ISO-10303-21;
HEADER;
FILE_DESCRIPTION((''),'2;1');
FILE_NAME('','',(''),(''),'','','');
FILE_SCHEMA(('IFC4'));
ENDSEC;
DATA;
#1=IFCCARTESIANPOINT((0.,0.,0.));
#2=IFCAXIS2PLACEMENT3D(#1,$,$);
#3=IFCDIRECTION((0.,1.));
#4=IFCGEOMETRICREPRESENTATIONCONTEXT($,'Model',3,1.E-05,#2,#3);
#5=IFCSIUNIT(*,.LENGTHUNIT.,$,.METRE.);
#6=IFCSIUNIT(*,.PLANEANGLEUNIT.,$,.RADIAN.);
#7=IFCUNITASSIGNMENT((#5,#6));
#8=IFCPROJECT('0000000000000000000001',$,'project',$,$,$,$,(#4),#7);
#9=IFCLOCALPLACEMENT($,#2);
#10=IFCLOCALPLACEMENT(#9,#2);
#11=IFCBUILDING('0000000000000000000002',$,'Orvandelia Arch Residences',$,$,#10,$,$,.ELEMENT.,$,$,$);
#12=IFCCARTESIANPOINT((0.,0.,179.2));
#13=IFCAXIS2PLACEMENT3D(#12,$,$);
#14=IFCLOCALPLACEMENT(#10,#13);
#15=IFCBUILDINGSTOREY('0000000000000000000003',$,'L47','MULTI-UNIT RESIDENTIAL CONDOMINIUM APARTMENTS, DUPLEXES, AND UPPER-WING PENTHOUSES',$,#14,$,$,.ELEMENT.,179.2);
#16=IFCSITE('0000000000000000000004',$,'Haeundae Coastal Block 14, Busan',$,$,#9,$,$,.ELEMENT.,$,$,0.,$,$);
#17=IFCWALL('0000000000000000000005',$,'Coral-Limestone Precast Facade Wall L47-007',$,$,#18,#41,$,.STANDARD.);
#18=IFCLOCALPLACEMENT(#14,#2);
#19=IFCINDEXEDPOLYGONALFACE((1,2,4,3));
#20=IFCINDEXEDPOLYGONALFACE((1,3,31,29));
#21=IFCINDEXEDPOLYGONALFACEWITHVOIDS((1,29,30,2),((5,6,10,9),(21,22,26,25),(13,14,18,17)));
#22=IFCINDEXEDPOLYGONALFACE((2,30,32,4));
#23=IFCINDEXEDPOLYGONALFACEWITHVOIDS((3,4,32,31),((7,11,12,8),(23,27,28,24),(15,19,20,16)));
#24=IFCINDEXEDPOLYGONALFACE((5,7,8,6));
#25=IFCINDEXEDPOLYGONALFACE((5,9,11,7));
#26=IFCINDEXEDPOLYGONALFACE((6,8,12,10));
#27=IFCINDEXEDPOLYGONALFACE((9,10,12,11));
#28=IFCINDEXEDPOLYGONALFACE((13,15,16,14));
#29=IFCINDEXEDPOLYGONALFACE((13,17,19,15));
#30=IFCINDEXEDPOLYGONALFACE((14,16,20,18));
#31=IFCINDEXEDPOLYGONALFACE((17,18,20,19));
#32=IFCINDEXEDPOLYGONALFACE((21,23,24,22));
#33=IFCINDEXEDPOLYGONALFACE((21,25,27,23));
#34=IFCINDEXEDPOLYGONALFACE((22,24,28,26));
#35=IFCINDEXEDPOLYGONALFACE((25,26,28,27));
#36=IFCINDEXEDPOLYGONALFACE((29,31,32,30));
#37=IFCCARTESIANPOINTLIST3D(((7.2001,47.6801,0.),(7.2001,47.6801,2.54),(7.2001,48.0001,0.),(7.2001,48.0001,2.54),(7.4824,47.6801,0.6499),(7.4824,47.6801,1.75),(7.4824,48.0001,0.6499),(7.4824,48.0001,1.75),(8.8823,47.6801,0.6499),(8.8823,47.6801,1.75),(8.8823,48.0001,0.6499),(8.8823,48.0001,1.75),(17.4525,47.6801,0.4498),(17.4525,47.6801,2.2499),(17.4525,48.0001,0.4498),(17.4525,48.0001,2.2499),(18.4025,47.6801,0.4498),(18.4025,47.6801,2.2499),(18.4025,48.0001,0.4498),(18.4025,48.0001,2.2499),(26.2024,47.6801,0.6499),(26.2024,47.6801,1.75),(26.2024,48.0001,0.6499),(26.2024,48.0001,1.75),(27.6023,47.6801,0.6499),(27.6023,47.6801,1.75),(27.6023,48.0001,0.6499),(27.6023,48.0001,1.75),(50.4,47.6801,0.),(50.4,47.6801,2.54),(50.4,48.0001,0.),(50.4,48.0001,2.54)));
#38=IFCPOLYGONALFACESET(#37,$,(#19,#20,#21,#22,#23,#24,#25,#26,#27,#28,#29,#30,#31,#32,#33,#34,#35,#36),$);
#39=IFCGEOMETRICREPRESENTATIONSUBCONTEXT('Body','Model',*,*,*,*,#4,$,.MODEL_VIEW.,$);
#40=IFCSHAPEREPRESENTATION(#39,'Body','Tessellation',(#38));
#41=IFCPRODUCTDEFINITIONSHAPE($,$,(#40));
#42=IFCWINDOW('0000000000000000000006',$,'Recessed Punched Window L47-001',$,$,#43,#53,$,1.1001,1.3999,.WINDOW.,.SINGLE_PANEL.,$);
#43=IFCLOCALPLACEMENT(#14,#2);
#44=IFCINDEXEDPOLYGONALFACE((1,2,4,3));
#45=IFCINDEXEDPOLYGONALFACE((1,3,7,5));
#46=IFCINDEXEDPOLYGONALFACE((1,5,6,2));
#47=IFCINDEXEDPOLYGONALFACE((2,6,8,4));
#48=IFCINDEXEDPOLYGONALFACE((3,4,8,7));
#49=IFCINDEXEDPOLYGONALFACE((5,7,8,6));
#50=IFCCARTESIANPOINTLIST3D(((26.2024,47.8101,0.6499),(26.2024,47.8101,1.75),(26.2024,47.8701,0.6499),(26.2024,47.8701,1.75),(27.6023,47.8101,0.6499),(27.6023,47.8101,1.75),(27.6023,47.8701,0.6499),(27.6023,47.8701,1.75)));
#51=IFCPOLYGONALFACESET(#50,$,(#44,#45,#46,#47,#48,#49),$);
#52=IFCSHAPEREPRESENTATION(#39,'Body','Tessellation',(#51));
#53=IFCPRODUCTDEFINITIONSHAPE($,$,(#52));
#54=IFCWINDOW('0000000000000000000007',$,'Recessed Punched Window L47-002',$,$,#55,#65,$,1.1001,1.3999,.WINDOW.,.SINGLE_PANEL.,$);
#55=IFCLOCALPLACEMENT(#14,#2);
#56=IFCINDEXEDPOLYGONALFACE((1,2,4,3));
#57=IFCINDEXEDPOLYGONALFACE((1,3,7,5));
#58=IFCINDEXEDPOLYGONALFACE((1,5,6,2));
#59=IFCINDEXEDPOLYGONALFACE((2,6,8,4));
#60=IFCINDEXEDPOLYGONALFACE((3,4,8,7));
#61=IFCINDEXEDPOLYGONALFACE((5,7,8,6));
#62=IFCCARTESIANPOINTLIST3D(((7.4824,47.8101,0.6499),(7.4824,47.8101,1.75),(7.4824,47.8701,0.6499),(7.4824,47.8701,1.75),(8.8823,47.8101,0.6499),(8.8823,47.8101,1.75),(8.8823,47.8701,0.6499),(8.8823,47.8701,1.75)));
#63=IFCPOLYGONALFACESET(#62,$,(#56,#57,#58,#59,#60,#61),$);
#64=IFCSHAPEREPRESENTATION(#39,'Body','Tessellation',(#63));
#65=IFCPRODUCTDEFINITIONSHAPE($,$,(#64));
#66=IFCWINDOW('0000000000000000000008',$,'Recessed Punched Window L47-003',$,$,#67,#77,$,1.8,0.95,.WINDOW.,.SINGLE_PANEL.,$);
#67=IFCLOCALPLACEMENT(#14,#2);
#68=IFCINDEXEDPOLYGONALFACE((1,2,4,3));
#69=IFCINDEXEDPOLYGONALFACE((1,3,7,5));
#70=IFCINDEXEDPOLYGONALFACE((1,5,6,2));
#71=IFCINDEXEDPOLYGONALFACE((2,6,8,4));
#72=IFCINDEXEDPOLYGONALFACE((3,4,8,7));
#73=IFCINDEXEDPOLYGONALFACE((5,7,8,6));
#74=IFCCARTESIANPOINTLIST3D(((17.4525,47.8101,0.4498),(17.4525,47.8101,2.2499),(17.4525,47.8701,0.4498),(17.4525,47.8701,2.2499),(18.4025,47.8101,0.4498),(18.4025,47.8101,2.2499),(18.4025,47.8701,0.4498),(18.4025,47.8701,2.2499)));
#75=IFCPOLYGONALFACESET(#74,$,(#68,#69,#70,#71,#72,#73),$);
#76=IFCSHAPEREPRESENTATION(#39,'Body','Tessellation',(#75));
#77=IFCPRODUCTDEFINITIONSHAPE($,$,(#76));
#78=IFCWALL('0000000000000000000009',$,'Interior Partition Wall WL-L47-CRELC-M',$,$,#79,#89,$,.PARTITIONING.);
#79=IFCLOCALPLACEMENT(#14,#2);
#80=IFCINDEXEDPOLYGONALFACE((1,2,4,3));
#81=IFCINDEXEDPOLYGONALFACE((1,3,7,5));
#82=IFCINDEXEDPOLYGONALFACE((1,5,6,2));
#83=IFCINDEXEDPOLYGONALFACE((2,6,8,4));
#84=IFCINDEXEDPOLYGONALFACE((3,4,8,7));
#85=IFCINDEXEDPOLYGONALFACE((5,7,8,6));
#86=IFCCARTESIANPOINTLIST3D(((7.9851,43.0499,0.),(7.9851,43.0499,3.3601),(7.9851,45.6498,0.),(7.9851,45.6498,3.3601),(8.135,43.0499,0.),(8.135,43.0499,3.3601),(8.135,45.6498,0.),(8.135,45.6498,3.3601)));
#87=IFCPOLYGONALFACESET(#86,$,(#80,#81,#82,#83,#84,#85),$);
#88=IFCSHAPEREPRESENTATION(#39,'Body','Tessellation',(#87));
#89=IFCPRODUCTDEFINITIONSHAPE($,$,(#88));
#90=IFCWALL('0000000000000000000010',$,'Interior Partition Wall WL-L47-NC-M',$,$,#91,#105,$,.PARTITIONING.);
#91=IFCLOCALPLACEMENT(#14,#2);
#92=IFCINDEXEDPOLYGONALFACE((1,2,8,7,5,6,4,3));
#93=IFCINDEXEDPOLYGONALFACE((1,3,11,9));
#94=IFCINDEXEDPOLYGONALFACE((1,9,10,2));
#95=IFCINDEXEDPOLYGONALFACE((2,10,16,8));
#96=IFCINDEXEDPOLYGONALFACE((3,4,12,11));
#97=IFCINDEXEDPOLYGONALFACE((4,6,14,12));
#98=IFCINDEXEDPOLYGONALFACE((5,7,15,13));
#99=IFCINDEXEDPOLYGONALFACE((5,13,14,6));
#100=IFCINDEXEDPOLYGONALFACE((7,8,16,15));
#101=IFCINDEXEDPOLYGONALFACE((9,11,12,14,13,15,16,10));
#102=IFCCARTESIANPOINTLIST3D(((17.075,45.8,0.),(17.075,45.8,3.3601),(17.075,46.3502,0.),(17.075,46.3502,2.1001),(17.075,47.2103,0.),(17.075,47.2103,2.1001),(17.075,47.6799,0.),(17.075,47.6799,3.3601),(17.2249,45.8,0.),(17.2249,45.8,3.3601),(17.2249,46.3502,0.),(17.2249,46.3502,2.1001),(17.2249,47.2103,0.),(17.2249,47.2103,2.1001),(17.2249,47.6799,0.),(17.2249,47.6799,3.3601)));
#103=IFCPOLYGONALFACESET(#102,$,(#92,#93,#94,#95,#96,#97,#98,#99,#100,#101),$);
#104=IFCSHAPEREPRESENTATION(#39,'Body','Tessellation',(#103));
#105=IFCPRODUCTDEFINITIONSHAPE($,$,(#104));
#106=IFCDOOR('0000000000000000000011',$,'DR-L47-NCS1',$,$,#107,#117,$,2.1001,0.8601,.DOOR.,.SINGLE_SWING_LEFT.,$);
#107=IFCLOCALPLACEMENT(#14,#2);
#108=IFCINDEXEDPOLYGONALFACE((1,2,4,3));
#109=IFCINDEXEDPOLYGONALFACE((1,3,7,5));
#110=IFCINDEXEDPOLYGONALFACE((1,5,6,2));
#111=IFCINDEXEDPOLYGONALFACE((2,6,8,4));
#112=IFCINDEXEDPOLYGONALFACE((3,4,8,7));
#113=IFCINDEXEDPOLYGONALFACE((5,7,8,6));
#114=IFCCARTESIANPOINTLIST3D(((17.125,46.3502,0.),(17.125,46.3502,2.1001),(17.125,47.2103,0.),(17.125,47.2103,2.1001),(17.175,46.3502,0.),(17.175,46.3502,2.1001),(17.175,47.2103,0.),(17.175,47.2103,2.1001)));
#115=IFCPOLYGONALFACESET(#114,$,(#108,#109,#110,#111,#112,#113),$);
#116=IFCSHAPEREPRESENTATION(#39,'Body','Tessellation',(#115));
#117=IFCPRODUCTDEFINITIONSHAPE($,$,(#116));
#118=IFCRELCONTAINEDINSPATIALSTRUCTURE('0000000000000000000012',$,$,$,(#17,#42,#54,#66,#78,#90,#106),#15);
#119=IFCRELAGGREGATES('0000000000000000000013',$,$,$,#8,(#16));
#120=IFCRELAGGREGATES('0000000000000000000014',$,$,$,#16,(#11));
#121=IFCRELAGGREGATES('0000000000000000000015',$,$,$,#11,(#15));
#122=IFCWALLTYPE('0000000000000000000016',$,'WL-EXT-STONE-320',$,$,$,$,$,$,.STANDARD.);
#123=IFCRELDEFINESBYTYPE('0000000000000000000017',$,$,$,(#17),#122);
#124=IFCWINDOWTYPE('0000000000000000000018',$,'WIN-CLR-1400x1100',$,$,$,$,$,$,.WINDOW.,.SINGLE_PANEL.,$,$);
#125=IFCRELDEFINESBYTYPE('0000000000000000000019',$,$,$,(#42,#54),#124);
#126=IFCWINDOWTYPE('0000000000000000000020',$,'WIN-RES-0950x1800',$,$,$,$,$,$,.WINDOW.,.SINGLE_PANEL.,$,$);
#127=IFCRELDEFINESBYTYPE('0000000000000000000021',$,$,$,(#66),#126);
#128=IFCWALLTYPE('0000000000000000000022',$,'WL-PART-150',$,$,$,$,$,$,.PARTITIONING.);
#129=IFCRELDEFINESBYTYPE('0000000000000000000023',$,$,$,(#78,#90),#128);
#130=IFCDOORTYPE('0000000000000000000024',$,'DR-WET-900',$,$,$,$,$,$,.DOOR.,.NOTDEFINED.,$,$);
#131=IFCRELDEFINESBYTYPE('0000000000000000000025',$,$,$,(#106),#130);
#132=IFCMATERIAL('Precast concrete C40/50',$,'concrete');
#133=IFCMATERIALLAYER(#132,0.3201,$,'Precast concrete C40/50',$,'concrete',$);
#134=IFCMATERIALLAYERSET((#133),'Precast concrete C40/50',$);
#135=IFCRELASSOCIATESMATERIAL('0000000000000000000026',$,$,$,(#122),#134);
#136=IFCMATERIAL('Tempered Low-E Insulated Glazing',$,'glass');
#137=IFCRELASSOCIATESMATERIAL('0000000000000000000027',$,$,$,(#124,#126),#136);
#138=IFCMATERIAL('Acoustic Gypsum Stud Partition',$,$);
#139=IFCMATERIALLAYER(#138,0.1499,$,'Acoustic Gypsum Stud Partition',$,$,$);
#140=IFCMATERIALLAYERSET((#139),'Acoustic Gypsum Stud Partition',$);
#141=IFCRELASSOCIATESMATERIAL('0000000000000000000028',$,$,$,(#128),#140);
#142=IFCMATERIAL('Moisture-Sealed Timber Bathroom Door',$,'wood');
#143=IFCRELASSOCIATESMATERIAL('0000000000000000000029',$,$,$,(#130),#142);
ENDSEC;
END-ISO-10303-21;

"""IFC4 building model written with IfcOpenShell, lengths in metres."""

from ifc_helpers import new_model, si_unit, direction, frame, frame_2d, origin, place, context, subcontext, project, spatial, rectangle, extrude, material, layer, layer_set, type_object, element, fill, save


model = new_model("IFC4")

# Units and contexts
model_context = context("Model", 3, precision=1e-05, world=origin(), true_north=direction((0.0, 1.0)))
body_context = subcontext(model_context, "Body", "Model", "MODEL_VIEW")
ifc_project = project(units=[si_unit("LENGTHUNIT", "METRE"), si_unit("PLANEANGLEUNIT", "RADIAN")], contexts=[model_context])

# Site, building, storey
site_placement = place(None, origin())
site = spatial("IfcSite", under=ifc_project, at=site_placement, Name="Haeundae Coastal Block 14, Busan", CompositionType="ELEMENT", RefElevation=0.0)
building_placement = place(site_placement, origin())
building = spatial("IfcBuilding", under=site, at=building_placement, Name="Orvandelia Arch Residences", CompositionType="ELEMENT")
storey_placement = place(building_placement, frame((0.0, 0.0, 179.2)))
storey = spatial("IfcBuildingStorey", under=building, at=storey_placement, Name="L47", Description="MULTI-UNIT RESIDENTIAL CONDOMINIUM APARTMENTS, DUPLEXES, AND UPPER-WING PENTHOUSES", CompositionType="ELEMENT", Elevation=179.2)

# Wall, openings, windows
ifc_material_1 = material(Name="Precast concrete C40/50", Category="concrete")
ifc_layer_1 = layer(ifc_material_1, 0.3201, Name="Precast concrete C40/50", Category="concrete")
ifc_layer_set_1 = layer_set([ifc_layer_1], Name="Precast concrete C40/50")
wall_type_1 = type_object("IfcWallType", Name="WL-EXT-STONE-320", PredefinedType="STANDARD", material=ifc_layer_set_1)
wall_1_placement = place(storey_placement, frame((7.2, 47.8401, 0.0), z_axis=(0.0, 0.0, 1.0), x_axis=(1.0, 0.0, 0.0)))
wall_1 = element("IfcWall", 1, at=wall_1_placement, inside=storey, type_object=wall_type_1, Name="Coral-Limestone Precast Facade Wall L47-007", PredefinedType="STANDARD", context=body_context, shape_type="SweptSolid", body=[
    extrude(rectangle(XDim=43.2, YDim=0.3201, at=frame_2d((21.6001, 0.0))), origin(), (0.0, 0.0, 1.0), 2.54),
])
opening_1_placement = place(wall_1_placement, frame((19.0024, 0.0, 0.6499)))
opening_1 = element("IfcOpeningElement", 2, at=opening_1_placement, cuts=wall_1, PredefinedType="OPENING", context=body_context, shape_type="SweptSolid", body=[
    extrude(rectangle(XDim=1.3999, YDim=1.1001, at=frame_2d((0.7, 0.55))), frame((0.0, 0.1699, 0.0), z_axis=(0.0, -1.0, 0.0), x_axis=(1.0, 0.0, 0.0)), (0.0, 0.0, 1.0), 0.3401),
])
opening_2_placement = place(wall_1_placement, frame((0.2825, 0.0, 0.6499)))
opening_2 = element("IfcOpeningElement", 3, at=opening_2_placement, cuts=wall_1, PredefinedType="OPENING", context=body_context, shape_type="SweptSolid", body=[
    extrude(rectangle(XDim=1.3999, YDim=1.1001, at=frame_2d((0.7, 0.55))), frame((0.0, 0.1699, 0.0), z_axis=(0.0, -1.0, 0.0), x_axis=(1.0, 0.0, 0.0)), (0.0, 0.0, 1.0), 0.3401),
])
opening_3_placement = place(wall_1_placement, frame((10.2524, 0.0, 0.45)))
opening_3 = element("IfcOpeningElement", 4, at=opening_3_placement, cuts=wall_1, PredefinedType="OPENING", context=body_context, shape_type="SweptSolid", body=[
    extrude(rectangle(XDim=0.95, YDim=1.8, at=frame_2d((0.4751, 0.8999))), frame((0.0, 0.1699, 0.0), z_axis=(0.0, -1.0, 0.0), x_axis=(1.0, 0.0, 0.0)), (0.0, 0.0, 1.0), 0.3401),
])
ifc_material_2 = material(Name="Tempered Low-E Insulated Glazing", Category="glass")
window_type_1 = type_object("IfcWindowType", Name="WIN-CLR-1400x1100", PartitioningType="SINGLE_PANEL", PredefinedType="WINDOW", material=ifc_material_2)
window_1_placement = place(opening_1_placement, origin())
window_1 = element("IfcWindow", 5, at=window_1_placement, inside=storey, type_object=window_type_1, Name="Recessed Punched Window L47-001", OverallHeight=1.1001, OverallWidth=1.3999, PartitioningType="SINGLE_PANEL", PredefinedType="WINDOW", context=body_context, shape_type="SweptSolid", body=[
    extrude(rectangle(XDim=1.3999, YDim=1.1001, at=frame_2d((0.7, 0.55))), frame((0.0, 0.03, 0.0), z_axis=(0.0, -1.0, 0.0), x_axis=(1.0, 0.0, 0.0)), (0.0, 0.0, 1.0), 0.0601),
])
fill(opening_1, window_1)
window_2_placement = place(opening_2_placement, origin())
window_2 = element("IfcWindow", 6, at=window_2_placement, inside=storey, type_object=window_type_1, Name="Recessed Punched Window L47-002", OverallHeight=1.1001, OverallWidth=1.3999, PartitioningType="SINGLE_PANEL", PredefinedType="WINDOW", context=body_context, shape_type="SweptSolid", body=[
    extrude(rectangle(XDim=1.3999, YDim=1.1001, at=frame_2d((0.7, 0.55))), frame((0.0, 0.03, 0.0), z_axis=(0.0, -1.0, 0.0), x_axis=(1.0, 0.0, 0.0)), (0.0, 0.0, 1.0), 0.0601),
])
fill(opening_2, window_2)
window_type_2 = type_object("IfcWindowType", Name="WIN-RES-0950x1800", PartitioningType="SINGLE_PANEL", PredefinedType="WINDOW", material=ifc_material_2)
window_3_placement = place(opening_3_placement, origin())
window_3 = element("IfcWindow", 7, at=window_3_placement, inside=storey, type_object=window_type_2, Name="Recessed Punched Window L47-003", OverallHeight=1.8, OverallWidth=0.95, PartitioningType="SINGLE_PANEL", PredefinedType="WINDOW", context=body_context, shape_type="SweptSolid", body=[
    extrude(rectangle(XDim=0.95, YDim=1.8, at=frame_2d((0.4751, 0.8999))), frame((0.0, 0.03, 0.0), z_axis=(0.0, -1.0, 0.0), x_axis=(1.0, 0.0, 0.0)), (0.0, 0.0, 1.0), 0.0601),
])
fill(opening_3, window_3)

# Wall
ifc_material_3 = material(Name="Acoustic Gypsum Stud Partition")
ifc_layer_2 = layer(ifc_material_3, 0.1499, Name="Acoustic Gypsum Stud Partition")
ifc_layer_set_2 = layer_set([ifc_layer_2], Name="Acoustic Gypsum Stud Partition")
wall_type_2 = type_object("IfcWallType", Name="WL-PART-150", PredefinedType="PARTITIONING", material=ifc_layer_set_2)
wall_2_placement = place(storey_placement, frame((8.0601, 43.05, 0.0), z_axis=(0.0, 0.0, 1.0), x_axis=(0.0, 1.0, 0.0)))
element("IfcWall", 8, at=wall_2_placement, inside=storey, type_object=wall_type_2, Name="Interior Partition Wall WL-L47-CRELC-M", PredefinedType="PARTITIONING", context=body_context, shape_type="SweptSolid", body=[
    extrude(rectangle(XDim=2.5999, YDim=0.1499, at=frame_2d((1.2998, 0.0))), origin(), (0.0, 0.0, 1.0), 3.3601),
])

# Wall, opening, door
wall_3_placement = place(storey_placement, frame((17.1499, 45.8, 0.0), z_axis=(0.0, 0.0, 1.0), x_axis=(0.0, 1.0, 0.0)))
wall_3 = element("IfcWall", 9, at=wall_3_placement, inside=storey, type_object=wall_type_2, Name="Interior Partition Wall WL-L47-NC-M", PredefinedType="PARTITIONING", context=body_context, shape_type="SweptSolid", body=[
    extrude(rectangle(XDim=1.8799, YDim=0.1499, at=frame_2d((0.9399, 0.0))), origin(), (0.0, 0.0, 1.0), 3.3601),
])
opening_4_placement = place(wall_3_placement, frame((0.55, 0.0, 0.0)))
opening_4 = element("IfcOpeningElement", 10, at=opening_4_placement, cuts=wall_3, PredefinedType="OPENING", context=body_context, shape_type="SweptSolid", body=[
    extrude(rectangle(XDim=0.8601, YDim=2.1001, at=frame_2d((0.4302, 1.05))), frame((0.0, 0.085, 0.0), z_axis=(0.0, -1.0, 0.0), x_axis=(1.0, 0.0, 0.0)), (0.0, 0.0, 1.0), 0.1699),
])
ifc_material_4 = material(Name="Moisture-Sealed Timber Bathroom Door", Category="wood")
door_type_1 = type_object("IfcDoorType", Name="DR-WET-900", OperationType="NOTDEFINED", PredefinedType="DOOR", material=ifc_material_4)
door_1_placement = place(opening_4_placement, origin())
door_1 = element("IfcDoor", 11, at=door_1_placement, inside=storey, type_object=door_type_1, Name="DR-L47-NCS1", OperationType="SINGLE_SWING_LEFT", OverallHeight=2.1001, OverallWidth=0.8601, PredefinedType="DOOR", context=body_context, shape_type="SweptSolid", body=[
    extrude(rectangle(XDim=0.8601, YDim=2.1001, at=frame_2d((0.4302, 1.05))), frame((0.0, 0.0249, 0.0), z_axis=(0.0, -1.0, 0.0), x_axis=(1.0, 0.0, 0.0)), (0.0, 0.0, 1.0), 0.05),
])
fill(opening_4, door_1)

save(model, "model.ifc")
